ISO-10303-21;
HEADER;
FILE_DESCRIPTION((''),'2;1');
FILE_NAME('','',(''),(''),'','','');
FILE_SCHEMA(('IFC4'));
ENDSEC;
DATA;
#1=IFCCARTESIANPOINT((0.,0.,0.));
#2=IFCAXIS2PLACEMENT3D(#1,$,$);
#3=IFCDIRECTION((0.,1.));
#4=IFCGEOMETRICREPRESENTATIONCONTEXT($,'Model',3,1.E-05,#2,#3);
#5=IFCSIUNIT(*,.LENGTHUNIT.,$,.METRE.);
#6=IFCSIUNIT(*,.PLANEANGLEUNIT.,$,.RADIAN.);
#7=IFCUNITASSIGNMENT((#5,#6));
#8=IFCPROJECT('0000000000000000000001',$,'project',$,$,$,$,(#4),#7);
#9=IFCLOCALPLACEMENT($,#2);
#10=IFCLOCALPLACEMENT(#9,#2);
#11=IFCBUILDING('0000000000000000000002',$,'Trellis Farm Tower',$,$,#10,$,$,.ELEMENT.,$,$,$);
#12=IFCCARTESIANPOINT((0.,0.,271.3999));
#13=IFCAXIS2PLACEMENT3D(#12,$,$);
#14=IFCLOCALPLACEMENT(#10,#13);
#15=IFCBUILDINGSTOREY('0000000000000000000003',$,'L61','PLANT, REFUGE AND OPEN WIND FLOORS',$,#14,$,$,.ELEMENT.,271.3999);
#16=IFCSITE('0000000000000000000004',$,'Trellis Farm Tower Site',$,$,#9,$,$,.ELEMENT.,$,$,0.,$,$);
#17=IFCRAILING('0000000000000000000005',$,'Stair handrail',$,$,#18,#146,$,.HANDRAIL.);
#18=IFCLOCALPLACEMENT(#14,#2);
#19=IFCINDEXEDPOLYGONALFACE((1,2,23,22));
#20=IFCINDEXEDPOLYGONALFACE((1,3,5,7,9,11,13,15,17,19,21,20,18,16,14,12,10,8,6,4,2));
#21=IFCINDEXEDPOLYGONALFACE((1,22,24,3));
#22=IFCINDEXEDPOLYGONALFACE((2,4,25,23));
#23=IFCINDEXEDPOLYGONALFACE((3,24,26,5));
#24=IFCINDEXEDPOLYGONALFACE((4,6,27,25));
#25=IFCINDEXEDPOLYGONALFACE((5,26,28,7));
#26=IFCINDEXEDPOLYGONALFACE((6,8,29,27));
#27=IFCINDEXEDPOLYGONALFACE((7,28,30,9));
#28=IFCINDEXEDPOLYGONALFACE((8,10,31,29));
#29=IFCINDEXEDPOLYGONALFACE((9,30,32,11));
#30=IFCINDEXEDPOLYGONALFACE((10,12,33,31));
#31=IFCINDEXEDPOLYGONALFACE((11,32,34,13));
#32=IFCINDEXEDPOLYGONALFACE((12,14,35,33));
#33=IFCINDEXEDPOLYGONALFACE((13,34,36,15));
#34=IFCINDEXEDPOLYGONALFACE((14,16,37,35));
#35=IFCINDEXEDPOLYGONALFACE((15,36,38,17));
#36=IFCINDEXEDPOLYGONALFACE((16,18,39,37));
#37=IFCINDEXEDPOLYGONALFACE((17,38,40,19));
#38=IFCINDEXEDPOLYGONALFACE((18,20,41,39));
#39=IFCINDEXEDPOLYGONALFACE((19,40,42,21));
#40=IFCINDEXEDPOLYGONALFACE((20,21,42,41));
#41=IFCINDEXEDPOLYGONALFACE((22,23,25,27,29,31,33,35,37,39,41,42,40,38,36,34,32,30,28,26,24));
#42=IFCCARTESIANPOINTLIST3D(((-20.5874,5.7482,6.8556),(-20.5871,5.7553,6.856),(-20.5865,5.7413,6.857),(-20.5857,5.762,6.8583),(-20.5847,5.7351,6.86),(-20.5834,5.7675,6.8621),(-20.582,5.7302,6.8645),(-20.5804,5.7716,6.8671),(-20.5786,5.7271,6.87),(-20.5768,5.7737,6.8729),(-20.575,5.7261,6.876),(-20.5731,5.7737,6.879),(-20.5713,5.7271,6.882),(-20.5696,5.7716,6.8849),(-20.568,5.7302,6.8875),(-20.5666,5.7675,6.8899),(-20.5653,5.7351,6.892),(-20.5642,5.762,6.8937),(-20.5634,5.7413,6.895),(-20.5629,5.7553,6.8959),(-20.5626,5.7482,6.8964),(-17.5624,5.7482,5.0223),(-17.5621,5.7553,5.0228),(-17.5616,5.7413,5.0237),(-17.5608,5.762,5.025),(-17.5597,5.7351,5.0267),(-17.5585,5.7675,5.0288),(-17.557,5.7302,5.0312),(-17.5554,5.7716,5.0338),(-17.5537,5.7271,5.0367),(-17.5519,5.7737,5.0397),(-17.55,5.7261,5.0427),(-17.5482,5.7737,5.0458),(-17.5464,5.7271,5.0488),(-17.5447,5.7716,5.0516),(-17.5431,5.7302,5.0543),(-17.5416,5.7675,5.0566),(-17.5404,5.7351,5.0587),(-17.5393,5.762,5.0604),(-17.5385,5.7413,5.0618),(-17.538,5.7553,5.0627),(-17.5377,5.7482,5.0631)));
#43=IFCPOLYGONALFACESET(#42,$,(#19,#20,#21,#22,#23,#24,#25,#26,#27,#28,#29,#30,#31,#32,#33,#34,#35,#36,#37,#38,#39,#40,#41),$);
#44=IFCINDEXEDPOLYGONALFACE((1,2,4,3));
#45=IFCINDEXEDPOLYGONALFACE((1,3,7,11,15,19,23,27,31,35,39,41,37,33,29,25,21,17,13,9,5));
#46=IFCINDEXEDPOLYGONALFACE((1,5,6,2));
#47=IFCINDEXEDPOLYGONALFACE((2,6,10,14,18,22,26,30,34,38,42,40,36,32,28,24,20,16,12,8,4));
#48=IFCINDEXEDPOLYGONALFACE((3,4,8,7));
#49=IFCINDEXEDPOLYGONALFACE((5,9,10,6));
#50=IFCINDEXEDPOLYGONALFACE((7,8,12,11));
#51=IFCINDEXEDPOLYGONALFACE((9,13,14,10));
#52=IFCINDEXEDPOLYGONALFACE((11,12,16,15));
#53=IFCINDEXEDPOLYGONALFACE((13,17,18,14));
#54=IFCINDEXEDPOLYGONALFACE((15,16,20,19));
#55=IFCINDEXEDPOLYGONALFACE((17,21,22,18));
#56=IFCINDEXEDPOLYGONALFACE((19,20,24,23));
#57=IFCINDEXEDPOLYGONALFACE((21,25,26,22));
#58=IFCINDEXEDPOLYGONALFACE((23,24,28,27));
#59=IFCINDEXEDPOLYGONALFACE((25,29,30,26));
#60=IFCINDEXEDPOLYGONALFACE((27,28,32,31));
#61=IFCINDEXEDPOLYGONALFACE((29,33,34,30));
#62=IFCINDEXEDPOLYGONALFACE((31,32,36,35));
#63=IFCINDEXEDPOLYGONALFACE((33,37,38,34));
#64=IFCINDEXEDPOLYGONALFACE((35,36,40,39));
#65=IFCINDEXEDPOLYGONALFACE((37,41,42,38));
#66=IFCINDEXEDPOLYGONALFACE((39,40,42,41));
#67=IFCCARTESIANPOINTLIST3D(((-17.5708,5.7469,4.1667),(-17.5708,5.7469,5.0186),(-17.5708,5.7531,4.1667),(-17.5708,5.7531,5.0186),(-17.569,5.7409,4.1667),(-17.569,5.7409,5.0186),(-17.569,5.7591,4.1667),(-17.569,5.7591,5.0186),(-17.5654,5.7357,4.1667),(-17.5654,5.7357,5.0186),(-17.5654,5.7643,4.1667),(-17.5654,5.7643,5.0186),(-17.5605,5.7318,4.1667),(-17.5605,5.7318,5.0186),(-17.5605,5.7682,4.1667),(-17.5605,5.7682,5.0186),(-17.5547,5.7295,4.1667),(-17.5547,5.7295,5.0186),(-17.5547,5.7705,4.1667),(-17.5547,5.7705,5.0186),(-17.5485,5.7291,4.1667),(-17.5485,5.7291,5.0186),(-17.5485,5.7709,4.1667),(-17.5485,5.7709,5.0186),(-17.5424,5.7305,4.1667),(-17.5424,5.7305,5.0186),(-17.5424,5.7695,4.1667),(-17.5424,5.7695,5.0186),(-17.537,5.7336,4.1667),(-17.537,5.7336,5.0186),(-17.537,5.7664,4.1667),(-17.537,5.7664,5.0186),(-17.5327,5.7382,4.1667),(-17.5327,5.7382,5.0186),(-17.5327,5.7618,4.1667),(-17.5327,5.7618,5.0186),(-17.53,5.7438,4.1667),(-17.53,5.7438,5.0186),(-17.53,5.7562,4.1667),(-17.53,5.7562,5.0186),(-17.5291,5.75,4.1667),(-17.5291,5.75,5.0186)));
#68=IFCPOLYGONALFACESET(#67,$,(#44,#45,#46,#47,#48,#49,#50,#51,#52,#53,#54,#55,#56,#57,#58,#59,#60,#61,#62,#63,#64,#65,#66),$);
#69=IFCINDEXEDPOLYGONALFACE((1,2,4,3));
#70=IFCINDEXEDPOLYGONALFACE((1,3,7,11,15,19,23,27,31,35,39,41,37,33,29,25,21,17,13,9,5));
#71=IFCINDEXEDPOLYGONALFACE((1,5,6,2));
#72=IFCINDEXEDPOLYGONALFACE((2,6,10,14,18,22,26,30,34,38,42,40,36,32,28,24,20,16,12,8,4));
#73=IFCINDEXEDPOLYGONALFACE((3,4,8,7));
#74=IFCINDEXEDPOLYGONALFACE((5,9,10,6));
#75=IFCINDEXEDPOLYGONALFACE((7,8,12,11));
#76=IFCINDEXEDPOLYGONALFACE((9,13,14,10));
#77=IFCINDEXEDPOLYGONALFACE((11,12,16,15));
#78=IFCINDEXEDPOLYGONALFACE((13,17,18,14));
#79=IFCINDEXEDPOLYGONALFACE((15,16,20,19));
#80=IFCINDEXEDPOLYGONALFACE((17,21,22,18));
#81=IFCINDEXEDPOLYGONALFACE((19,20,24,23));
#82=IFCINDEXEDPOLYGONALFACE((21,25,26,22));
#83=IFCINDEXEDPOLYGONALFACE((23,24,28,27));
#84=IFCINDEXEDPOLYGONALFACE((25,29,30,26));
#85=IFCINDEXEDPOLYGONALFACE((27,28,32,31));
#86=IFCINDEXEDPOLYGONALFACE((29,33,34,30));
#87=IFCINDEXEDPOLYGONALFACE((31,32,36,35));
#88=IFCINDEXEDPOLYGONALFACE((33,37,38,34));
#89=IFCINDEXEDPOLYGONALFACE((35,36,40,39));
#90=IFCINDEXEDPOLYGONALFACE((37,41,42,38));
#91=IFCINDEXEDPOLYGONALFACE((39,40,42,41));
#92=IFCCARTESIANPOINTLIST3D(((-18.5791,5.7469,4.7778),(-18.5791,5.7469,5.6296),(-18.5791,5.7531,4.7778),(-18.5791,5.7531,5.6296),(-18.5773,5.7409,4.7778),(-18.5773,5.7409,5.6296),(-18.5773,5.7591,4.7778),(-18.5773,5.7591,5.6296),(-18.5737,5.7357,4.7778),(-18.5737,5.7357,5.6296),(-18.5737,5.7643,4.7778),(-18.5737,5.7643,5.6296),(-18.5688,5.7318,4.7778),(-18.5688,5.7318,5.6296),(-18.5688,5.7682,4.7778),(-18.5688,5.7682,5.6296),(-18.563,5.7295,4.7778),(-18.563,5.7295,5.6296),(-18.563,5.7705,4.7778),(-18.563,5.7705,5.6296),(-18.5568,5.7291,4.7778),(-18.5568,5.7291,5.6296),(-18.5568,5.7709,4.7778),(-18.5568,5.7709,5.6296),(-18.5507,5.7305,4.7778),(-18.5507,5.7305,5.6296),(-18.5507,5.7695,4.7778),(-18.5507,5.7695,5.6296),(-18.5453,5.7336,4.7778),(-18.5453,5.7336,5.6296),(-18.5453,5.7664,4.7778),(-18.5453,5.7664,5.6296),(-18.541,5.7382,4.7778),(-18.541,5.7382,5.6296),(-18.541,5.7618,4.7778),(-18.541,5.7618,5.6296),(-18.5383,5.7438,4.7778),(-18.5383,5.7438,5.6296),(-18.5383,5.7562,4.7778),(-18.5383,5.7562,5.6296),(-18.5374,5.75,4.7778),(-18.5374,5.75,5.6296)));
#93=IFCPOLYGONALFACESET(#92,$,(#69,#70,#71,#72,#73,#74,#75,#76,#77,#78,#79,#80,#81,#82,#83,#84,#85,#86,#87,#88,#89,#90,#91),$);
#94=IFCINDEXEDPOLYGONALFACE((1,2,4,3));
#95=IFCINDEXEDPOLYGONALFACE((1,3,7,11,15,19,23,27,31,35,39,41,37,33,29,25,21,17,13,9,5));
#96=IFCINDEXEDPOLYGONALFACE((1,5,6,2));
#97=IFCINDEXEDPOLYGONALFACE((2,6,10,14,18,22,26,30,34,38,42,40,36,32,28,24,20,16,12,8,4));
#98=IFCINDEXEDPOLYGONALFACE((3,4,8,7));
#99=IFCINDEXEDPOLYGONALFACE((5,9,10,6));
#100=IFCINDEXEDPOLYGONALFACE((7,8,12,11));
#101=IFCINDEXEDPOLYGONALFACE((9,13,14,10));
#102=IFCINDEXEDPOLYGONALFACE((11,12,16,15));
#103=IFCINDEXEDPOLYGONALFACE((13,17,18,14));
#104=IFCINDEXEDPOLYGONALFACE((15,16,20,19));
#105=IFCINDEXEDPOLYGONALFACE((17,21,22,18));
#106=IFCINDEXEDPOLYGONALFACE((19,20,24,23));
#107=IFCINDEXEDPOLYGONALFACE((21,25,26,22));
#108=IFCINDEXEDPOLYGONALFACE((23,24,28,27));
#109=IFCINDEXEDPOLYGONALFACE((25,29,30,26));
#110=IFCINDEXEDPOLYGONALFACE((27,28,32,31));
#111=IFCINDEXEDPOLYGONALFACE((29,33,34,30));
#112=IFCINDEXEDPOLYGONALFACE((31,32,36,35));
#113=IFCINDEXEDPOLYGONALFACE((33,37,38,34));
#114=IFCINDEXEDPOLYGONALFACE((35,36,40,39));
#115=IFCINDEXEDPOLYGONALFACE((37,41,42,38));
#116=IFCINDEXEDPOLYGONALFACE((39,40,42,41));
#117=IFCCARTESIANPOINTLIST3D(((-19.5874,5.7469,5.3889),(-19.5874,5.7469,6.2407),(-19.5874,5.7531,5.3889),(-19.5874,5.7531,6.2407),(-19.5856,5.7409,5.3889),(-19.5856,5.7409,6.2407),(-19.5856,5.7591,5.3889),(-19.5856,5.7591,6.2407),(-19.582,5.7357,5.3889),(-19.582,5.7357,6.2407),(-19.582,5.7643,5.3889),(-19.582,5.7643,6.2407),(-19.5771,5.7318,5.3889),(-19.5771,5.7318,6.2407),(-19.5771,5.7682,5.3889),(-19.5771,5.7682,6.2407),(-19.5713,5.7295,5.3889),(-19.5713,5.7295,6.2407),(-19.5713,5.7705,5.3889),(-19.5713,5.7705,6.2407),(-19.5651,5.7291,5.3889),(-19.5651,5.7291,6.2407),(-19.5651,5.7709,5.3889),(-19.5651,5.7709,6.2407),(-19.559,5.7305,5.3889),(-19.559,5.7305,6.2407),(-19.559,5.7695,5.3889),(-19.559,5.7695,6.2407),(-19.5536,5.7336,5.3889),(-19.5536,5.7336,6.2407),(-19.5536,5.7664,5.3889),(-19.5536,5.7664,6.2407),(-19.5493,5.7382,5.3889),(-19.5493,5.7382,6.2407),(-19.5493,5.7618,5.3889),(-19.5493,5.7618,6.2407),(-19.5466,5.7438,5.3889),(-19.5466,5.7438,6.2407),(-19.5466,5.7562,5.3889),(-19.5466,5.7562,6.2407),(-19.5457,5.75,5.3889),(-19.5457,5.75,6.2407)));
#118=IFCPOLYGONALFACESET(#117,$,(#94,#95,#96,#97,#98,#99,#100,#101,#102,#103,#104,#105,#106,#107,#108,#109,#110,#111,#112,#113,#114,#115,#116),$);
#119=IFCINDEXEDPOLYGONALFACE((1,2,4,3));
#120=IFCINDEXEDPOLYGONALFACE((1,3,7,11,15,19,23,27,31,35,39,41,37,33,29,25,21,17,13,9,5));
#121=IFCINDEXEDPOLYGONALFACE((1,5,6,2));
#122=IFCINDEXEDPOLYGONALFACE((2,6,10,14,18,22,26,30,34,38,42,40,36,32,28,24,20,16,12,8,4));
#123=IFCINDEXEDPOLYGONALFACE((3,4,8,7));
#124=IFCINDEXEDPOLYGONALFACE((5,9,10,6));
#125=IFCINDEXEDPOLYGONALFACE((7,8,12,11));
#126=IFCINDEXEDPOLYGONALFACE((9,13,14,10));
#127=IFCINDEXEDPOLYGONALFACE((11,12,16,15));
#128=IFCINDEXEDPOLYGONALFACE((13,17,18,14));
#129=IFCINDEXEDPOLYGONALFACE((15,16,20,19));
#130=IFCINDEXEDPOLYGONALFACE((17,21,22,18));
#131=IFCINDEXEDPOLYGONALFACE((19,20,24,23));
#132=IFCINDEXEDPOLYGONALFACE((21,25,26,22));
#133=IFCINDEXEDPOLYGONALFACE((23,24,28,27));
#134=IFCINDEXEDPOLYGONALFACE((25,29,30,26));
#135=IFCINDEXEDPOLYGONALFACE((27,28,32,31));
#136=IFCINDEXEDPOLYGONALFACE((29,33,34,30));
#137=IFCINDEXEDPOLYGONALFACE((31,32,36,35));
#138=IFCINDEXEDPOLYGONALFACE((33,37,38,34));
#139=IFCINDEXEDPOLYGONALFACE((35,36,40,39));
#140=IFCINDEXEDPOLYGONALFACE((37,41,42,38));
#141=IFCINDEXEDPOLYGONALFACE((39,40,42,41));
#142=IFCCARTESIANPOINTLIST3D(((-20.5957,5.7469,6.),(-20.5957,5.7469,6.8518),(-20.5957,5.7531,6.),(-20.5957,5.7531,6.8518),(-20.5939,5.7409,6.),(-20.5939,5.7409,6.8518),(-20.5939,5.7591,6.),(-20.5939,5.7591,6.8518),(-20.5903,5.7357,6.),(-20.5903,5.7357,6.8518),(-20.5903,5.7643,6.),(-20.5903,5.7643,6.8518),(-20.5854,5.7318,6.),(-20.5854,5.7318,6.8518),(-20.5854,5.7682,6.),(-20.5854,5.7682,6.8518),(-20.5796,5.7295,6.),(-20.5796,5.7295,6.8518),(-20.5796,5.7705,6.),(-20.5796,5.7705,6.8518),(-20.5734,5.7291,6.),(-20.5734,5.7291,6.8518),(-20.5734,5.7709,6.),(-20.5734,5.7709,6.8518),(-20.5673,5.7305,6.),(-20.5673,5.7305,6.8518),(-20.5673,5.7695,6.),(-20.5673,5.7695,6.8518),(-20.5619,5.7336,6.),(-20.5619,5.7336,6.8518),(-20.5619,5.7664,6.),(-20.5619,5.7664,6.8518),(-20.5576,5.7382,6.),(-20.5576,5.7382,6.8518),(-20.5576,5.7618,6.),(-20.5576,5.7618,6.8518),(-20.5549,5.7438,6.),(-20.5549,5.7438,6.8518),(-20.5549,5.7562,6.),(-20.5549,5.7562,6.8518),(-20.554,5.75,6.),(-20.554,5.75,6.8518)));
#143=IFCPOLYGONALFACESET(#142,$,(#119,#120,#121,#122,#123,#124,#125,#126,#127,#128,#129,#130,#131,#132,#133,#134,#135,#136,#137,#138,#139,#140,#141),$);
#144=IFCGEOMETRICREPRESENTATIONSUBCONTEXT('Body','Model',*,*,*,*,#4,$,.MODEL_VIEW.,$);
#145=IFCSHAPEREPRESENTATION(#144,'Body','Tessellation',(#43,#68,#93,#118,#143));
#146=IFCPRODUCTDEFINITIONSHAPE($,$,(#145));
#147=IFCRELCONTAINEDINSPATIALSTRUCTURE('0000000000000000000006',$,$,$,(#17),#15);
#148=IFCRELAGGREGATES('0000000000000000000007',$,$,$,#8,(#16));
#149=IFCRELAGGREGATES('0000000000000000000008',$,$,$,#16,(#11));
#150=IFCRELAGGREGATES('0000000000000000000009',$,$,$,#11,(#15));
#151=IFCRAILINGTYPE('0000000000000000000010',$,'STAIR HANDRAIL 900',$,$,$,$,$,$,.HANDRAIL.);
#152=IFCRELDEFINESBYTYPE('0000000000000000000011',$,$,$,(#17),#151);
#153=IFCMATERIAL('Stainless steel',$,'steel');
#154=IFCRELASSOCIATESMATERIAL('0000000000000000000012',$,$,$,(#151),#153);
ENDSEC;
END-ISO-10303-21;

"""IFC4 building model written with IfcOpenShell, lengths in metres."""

from ifc_helpers import new_model, si_unit, direction, frame, origin, origin_2d, place, context, subcontext, project, spatial, circle, extrude, source, transform, mapped, material, type_object, element, save


model = new_model("IFC4")

# Units and contexts
model_context = context("Model", 3, precision=1e-05, world=origin(), true_north=direction((0.0, 1.0)))
body_context = subcontext(model_context, "Body", "Model", "MODEL_VIEW")
ifc_project = project(units=[si_unit("LENGTHUNIT", "METRE"), si_unit("PLANEANGLEUNIT", "RADIAN")], contexts=[model_context])

# Site, building, storey
site_placement = place(None, origin())
site = spatial("IfcSite", under=ifc_project, at=site_placement, Name="Trellis Farm Tower Site", CompositionType="ELEMENT", RefElevation=0.0)
building_placement = place(site_placement, origin())
building = spatial("IfcBuilding", under=site, at=building_placement, Name="Trellis Farm Tower", CompositionType="ELEMENT")
storey_placement = place(building_placement, frame((0.0, 0.0, 271.3999)))
storey = spatial("IfcBuildingStorey", under=building, at=storey_placement, Name="L61", Description="PLANT, REFUGE AND OPEN WIND FLOORS", CompositionType="ELEMENT", Elevation=271.3999)

# Railing
ifc_material_1 = material(Name="Stainless steel", Category="steel")
railing_type_1 = type_object("IfcRailingType", Name="STAIR HANDRAIL 900", PredefinedType="HANDRAIL", material=ifc_material_1)
shared_shape_1 = source(origin(), body_context, "Body", "SweptSolid", [
    extrude(circle(Radius=0.0239, at=origin_2d()), frame((0.0, 0.0, 0.876), z_axis=(-0.855201, 0.0, 0.518297), x_axis=(0.0, -1.0, 0.0)), (0.0, 0.0, 1.0), 3.5371),
    extrude(circle(Radius=0.021, at=origin_2d()), origin(), (0.0, 0.0, 1.0), 0.8518),
    extrude(circle(Radius=0.021, at=origin_2d()), frame((-1.0083, 0.0, 0.6111)), (0.0, 0.0, 1.0), 0.8518),
    extrude(circle(Radius=0.021, at=origin_2d()), frame((-2.0166, 0.0, 1.2222)), (0.0, 0.0, 1.0), 0.8518),
    extrude(circle(Radius=0.021, at=origin_2d()), frame((-3.0249, 0.0, 1.8333)), (0.0, 0.0, 1.0), 0.8518),
])
for number, where, name in (
    (1, (-17.55, 5.75, 4.1667), "Stair handrail"),
):
    element("IfcRailing", number, at=place(storey_placement, frame(where)), inside=storey, type_object=railing_type_1, Name=name, PredefinedType="HANDRAIL", context=body_context, shape_type="MappedRepresentation", body=[
        mapped(shared_shape_1, transform((0.0, 0.0, 0.0))),
    ])

save(model, "model.ifc")
